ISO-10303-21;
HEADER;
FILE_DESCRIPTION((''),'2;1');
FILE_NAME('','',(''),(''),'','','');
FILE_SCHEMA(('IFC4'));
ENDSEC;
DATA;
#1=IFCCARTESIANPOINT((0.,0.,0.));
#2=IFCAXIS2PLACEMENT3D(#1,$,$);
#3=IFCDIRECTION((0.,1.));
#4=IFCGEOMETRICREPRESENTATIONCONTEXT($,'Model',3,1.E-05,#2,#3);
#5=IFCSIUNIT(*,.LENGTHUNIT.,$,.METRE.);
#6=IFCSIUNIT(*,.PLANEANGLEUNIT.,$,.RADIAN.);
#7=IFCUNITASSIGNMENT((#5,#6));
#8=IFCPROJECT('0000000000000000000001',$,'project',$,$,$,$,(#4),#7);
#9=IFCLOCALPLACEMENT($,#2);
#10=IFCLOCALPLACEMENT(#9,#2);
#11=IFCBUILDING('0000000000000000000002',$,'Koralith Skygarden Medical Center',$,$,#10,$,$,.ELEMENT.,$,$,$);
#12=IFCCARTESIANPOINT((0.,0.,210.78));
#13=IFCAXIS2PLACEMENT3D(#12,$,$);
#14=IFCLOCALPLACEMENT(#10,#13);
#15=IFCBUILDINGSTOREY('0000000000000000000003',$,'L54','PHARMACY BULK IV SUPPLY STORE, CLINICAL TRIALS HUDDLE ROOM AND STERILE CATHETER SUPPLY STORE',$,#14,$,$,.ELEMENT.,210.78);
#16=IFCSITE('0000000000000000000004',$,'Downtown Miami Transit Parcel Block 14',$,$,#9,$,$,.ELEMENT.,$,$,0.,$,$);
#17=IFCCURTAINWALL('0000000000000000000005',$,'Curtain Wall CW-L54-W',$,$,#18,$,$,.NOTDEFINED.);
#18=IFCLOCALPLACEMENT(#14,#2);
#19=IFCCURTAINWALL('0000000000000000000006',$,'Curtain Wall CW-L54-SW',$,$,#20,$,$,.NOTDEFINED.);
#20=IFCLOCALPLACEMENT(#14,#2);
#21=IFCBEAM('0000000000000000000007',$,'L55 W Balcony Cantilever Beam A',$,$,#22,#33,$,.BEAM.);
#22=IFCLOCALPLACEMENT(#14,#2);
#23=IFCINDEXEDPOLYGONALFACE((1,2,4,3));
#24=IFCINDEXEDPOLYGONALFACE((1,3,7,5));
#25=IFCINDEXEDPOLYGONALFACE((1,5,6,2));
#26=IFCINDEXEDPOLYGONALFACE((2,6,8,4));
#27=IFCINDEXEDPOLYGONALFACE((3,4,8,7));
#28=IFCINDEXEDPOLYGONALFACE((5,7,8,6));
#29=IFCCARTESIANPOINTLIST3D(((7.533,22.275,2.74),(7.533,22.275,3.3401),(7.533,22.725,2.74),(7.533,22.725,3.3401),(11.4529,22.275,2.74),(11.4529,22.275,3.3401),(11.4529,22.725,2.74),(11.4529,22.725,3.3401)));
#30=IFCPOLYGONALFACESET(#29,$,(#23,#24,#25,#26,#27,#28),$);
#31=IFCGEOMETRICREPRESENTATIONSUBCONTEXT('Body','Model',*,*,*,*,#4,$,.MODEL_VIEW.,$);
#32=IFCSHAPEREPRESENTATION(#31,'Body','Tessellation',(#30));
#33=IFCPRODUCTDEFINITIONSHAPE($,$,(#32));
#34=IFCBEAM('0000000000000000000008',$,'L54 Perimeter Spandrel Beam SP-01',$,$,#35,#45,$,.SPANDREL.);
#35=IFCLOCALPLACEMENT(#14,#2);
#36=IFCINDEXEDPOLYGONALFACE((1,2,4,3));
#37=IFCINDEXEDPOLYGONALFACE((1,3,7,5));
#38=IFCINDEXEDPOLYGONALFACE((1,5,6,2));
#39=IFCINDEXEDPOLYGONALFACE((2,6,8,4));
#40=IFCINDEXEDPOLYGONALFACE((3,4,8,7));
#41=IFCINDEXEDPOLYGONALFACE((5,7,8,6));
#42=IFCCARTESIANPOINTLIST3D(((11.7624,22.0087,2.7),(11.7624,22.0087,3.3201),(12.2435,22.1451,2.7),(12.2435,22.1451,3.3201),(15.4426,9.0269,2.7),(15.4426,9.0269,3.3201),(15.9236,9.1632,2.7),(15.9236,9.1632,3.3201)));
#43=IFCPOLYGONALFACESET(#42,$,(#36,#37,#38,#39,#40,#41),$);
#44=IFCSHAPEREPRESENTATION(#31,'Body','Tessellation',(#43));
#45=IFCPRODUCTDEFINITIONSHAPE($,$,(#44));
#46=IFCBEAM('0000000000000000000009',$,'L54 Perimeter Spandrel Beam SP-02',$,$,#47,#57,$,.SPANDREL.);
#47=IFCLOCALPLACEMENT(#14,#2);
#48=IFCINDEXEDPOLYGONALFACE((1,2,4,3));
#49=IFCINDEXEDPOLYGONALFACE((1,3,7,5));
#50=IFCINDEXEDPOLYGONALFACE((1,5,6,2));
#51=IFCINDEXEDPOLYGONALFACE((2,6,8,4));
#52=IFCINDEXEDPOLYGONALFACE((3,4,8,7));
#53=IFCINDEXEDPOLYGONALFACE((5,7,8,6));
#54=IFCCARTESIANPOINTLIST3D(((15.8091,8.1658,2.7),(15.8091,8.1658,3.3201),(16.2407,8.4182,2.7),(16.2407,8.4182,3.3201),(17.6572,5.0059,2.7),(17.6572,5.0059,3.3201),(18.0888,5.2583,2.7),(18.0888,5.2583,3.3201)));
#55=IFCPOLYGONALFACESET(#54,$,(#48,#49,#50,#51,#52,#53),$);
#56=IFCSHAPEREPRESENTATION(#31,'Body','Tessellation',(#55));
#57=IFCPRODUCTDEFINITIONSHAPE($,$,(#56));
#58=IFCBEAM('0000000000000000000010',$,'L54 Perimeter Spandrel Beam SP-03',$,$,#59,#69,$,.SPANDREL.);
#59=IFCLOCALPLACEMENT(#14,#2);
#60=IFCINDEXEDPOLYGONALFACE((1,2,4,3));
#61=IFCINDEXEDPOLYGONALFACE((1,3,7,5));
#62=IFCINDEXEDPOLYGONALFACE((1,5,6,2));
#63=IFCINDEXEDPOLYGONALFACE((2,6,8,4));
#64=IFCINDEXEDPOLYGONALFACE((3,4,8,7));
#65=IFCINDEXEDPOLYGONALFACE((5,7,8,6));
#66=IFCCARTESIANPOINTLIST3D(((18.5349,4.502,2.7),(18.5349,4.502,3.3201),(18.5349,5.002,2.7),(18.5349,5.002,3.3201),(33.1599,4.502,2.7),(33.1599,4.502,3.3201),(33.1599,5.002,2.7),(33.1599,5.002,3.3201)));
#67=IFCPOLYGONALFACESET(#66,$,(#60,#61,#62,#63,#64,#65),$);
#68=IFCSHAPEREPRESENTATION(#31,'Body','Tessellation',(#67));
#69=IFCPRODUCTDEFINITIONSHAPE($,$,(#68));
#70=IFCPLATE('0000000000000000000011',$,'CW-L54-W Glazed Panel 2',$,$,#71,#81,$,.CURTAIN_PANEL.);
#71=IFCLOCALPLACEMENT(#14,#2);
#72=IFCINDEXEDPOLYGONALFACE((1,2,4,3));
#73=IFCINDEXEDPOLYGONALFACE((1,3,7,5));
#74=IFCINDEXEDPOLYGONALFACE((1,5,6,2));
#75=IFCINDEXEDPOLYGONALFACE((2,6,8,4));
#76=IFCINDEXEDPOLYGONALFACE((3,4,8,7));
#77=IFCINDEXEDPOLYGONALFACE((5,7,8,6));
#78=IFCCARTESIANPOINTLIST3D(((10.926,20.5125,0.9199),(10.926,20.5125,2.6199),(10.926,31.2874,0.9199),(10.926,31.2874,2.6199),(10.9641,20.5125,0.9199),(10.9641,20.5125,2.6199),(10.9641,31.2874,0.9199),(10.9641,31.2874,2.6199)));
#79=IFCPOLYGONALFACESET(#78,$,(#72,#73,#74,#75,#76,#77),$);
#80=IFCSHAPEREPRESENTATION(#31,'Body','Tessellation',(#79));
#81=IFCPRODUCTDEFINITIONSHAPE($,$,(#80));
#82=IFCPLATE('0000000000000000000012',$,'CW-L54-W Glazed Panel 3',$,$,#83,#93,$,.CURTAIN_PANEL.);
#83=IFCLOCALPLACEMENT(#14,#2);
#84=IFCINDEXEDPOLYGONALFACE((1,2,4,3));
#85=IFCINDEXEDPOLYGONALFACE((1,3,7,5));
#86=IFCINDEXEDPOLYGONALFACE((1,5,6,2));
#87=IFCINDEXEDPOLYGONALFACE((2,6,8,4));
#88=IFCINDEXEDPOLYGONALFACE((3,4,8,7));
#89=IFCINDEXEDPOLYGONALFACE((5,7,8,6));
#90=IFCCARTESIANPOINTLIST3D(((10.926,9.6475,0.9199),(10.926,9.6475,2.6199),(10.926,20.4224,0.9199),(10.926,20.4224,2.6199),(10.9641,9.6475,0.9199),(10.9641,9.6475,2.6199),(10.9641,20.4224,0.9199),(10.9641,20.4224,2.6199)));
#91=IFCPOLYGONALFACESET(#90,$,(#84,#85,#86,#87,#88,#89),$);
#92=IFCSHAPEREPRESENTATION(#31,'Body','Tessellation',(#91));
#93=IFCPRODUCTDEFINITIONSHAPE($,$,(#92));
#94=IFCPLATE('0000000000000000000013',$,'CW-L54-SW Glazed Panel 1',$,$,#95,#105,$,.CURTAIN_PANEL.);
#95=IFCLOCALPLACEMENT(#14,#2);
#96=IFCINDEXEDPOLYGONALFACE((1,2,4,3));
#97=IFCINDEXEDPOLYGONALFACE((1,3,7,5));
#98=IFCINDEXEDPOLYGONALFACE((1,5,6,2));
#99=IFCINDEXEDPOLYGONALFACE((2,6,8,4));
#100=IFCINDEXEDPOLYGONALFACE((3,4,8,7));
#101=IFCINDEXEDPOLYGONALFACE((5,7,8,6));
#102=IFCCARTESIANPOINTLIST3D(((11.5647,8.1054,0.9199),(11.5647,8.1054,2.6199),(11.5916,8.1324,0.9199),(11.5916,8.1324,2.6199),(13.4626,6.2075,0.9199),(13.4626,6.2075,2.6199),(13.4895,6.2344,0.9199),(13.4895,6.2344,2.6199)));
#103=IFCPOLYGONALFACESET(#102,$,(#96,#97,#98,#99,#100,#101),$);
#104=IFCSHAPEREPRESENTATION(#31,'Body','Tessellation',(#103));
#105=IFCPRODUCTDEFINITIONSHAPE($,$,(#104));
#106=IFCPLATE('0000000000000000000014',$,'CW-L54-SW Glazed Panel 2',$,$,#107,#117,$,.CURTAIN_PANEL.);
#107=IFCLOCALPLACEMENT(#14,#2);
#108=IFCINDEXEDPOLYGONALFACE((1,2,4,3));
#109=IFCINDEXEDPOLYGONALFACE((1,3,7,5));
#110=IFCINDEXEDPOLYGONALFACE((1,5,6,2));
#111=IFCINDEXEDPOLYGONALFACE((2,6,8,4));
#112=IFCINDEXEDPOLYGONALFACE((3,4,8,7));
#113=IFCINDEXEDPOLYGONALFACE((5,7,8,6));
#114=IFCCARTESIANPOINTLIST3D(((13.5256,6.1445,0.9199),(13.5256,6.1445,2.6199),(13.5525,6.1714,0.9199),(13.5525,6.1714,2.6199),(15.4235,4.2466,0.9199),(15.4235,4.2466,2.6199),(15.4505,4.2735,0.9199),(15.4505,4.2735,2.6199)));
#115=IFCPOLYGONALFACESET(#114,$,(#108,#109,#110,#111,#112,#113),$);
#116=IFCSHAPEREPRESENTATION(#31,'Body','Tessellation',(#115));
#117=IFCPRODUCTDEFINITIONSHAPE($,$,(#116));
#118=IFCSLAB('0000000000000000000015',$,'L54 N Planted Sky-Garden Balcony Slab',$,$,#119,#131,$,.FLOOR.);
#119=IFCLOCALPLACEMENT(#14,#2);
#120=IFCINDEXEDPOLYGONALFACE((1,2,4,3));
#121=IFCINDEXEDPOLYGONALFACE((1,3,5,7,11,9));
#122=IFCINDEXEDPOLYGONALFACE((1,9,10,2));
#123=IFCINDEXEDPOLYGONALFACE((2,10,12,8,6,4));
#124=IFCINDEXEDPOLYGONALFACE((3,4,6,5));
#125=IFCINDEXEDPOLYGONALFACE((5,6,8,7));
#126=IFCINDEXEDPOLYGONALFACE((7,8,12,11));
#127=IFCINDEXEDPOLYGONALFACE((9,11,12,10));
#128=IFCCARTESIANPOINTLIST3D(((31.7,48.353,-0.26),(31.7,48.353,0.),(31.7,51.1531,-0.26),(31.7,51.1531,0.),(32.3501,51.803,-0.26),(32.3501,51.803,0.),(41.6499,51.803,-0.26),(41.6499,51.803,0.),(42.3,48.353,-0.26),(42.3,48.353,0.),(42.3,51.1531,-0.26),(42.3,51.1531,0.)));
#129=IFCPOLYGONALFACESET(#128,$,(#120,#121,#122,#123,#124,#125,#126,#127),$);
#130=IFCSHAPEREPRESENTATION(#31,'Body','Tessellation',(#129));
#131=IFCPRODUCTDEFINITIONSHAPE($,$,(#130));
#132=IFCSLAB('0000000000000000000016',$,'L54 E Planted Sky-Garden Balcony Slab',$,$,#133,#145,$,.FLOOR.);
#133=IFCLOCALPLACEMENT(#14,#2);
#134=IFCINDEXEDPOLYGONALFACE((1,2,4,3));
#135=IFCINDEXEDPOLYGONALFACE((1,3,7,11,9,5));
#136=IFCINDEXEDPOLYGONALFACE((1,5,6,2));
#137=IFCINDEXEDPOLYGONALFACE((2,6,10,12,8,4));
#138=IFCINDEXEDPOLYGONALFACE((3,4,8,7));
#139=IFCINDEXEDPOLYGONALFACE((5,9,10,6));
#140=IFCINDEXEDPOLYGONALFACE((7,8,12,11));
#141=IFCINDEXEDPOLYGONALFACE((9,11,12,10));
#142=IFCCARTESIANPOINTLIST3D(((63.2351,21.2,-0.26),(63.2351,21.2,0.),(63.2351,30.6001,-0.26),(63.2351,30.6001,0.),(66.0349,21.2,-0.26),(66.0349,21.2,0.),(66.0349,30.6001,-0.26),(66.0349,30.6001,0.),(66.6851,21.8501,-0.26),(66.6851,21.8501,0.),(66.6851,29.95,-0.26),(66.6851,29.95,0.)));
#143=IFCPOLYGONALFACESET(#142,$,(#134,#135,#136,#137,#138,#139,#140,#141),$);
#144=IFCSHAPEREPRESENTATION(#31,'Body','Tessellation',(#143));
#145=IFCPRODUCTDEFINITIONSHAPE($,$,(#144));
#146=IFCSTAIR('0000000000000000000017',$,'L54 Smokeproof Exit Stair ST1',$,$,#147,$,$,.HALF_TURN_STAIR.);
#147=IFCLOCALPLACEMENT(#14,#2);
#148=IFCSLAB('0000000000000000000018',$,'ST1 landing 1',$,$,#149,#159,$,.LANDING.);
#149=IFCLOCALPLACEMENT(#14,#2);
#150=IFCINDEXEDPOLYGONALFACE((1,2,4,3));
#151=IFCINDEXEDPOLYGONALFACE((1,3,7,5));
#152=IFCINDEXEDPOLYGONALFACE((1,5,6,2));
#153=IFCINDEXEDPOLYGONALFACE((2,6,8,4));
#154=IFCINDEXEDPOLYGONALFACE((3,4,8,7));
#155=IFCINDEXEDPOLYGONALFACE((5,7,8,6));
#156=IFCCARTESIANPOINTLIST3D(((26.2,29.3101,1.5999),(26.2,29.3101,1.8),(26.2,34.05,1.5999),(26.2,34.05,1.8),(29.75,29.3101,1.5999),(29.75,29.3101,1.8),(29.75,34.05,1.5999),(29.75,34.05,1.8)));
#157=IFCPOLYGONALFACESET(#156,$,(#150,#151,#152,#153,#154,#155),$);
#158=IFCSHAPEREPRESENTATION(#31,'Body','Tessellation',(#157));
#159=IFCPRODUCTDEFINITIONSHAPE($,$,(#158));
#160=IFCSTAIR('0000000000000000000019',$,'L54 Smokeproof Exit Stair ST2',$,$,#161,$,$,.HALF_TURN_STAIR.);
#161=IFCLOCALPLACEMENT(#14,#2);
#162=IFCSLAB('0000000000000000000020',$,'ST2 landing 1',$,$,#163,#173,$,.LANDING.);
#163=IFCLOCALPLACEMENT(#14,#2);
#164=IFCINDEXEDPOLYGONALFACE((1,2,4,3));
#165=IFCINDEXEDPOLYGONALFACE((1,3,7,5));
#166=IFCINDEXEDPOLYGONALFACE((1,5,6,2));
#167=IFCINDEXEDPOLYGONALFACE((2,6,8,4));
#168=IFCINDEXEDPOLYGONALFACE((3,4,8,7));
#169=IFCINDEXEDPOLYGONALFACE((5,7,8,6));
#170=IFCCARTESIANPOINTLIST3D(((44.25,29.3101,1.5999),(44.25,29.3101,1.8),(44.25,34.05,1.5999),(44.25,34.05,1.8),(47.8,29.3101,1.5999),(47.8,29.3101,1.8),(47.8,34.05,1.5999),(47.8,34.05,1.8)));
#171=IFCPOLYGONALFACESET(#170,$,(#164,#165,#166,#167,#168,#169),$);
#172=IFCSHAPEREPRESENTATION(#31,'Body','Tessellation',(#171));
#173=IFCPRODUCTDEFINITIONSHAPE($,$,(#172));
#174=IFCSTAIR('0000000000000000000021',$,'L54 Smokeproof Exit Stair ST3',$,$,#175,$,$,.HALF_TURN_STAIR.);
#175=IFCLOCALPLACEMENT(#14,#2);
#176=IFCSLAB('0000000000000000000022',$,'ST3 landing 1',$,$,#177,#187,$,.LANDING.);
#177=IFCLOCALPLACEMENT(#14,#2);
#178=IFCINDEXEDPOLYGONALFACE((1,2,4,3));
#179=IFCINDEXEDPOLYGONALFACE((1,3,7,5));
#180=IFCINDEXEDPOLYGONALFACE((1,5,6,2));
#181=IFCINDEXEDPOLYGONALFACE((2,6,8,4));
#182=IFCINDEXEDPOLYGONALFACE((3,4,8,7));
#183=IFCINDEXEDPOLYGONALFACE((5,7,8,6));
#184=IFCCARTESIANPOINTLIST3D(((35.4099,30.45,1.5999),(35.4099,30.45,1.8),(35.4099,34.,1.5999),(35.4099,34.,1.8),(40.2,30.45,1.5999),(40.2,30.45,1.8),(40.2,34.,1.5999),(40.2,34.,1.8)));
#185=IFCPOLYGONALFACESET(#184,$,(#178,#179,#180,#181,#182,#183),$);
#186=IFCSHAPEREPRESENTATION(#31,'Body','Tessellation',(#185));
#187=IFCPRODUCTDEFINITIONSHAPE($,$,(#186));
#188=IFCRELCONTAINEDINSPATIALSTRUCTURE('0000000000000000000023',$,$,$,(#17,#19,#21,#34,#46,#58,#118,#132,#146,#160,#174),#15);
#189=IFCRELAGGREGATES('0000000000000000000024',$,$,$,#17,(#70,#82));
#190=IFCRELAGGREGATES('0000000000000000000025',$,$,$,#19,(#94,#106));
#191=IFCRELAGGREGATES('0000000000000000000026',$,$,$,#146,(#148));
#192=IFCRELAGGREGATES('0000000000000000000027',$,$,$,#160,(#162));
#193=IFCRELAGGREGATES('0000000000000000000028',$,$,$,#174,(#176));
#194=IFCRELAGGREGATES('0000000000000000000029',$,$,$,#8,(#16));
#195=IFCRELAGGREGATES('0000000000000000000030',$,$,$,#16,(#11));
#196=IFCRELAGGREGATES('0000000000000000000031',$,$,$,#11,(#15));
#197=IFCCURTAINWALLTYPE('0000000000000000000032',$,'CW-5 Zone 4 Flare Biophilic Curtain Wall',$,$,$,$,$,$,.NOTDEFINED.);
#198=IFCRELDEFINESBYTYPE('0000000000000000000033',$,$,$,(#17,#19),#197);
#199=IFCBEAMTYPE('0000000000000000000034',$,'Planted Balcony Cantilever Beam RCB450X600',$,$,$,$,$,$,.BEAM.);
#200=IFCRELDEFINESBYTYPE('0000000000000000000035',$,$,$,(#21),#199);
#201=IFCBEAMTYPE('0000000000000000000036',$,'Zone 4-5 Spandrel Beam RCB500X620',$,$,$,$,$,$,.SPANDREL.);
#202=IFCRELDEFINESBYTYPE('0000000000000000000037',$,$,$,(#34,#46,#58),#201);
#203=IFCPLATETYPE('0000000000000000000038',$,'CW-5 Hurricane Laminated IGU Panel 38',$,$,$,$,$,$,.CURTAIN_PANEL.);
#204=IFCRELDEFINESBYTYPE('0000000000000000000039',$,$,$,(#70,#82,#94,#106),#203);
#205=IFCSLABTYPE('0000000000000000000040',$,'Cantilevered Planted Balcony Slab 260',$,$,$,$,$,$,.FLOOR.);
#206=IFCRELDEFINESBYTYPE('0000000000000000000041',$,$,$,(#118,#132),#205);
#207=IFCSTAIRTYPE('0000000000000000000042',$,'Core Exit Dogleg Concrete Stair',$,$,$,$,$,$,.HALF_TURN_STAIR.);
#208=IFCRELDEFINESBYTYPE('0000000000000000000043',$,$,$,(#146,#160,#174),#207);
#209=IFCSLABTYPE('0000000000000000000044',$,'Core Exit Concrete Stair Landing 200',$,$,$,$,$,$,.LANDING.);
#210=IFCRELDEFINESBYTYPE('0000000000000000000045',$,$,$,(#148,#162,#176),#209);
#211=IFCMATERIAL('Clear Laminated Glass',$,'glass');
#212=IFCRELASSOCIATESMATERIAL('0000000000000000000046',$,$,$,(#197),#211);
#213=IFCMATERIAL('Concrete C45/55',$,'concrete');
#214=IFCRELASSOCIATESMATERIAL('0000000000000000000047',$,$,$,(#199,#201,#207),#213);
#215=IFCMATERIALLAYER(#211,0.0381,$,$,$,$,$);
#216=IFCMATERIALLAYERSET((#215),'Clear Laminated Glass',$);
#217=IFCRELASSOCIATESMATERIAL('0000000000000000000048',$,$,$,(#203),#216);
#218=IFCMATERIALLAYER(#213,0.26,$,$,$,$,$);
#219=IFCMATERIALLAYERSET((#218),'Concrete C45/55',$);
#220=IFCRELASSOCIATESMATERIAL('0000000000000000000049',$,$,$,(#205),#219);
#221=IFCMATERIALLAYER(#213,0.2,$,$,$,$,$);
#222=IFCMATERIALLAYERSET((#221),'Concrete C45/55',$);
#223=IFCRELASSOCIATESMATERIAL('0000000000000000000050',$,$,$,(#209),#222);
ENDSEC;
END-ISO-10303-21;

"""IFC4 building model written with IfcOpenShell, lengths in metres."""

from ifc_helpers import new_model, si_unit, direction, frame, origin, origin_2d, place, context, subcontext, project, spatial, polyline, rectangle, outline, extrude, material, layer, layer_set, material_profile, profile_set, type_object, element, aggregate, save


model = new_model("IFC4")

# Units and contexts
model_context = context("Model", 3, precision=1e-05, world=origin(), true_north=direction((0.0, 1.0)))
body_context = subcontext(model_context, "Body", "Model", "MODEL_VIEW")
ifc_project = project(units=[si_unit("LENGTHUNIT", "METRE"), si_unit("PLANEANGLEUNIT", "RADIAN")], contexts=[model_context])

# Site, building, storey
site_placement = place(None, origin())
site = spatial("IfcSite", under=ifc_project, at=site_placement, Name="Downtown Miami Transit Parcel Block 14", CompositionType="ELEMENT", RefElevation=0.0)
building_placement = place(site_placement, origin())
building = spatial("IfcBuilding", under=site, at=building_placement, Name="Koralith Skygarden Medical Center", CompositionType="ELEMENT")
storey_placement = place(building_placement, frame((0.0, 0.0, 210.78)))
storey = spatial("IfcBuildingStorey", under=building, at=storey_placement, Name="L54", Description="PHARMACY BULK IV SUPPLY STORE, CLINICAL TRIALS HUDDLE ROOM AND STERILE CATHETER SUPPLY STORE", CompositionType="ELEMENT", Elevation=210.78)

# Shared definitions
ifc_material_1 = material(Name="Clear Laminated Glass", Category="glass")
curtain_wall_type = type_object("IfcCurtainWallType", Name="CW-5 Zone 4 Flare Biophilic Curtain Wall", PredefinedType="NOTDEFINED", material=ifc_material_1)

# Curtain walls
curtain_wall_1_placement = place(storey_placement, origin())
curtain_wall_1 = element("IfcCurtainWall", 1, at=curtain_wall_1_placement, inside=storey, type_object=curtain_wall_type, Name="Curtain Wall CW-L54-W", PredefinedType="NOTDEFINED")
curtain_wall_2_placement = place(storey_placement, origin())
curtain_wall_2 = element("IfcCurtainWall", 2, at=curtain_wall_2_placement, inside=storey, type_object=curtain_wall_type, Name="Curtain Wall CW-L54-SW", PredefinedType="NOTDEFINED")

# Beams
ifc_material_2 = material(Name="Concrete C45/55", Category="concrete")
ifc_material_profile_1 = material_profile(ifc_material_2, rectangle(XDim=0.45, YDim=0.6001, at=origin_2d()), Name="RCB450X600")
ifc_profile_set_1 = profile_set([ifc_material_profile_1], Name="Concrete C45/55")
beam_type_1 = type_object("IfcBeamType", Name="Planted Balcony Cantilever Beam RCB450X600", PredefinedType="BEAM", material=ifc_profile_set_1)
beam_1_placement = place(storey_placement, frame((11.4529, 22.5, 3.04), z_axis=(-1.0, 0.0, 0.0), x_axis=(0.0, -1.0, 0.0)))
element("IfcBeam", 3, at=beam_1_placement, inside=storey, type_object=beam_type_1, Name="L55 W Balcony Cantilever Beam A", PredefinedType="BEAM", context=body_context, shape_type="SweptSolid", body=[
    extrude(rectangle(XDim=0.45, YDim=0.6001, at=origin_2d()), origin(), (0.0, 0.0, 1.0), 3.9199),
])
ifc_material_profile_2 = material_profile(ifc_material_2, rectangle(XDim=0.5, YDim=0.6201, at=origin_2d()), Name="RCB500X620")
ifc_profile_set_2 = profile_set([ifc_material_profile_2], Name="Concrete C45/55")
beam_type_2 = type_object("IfcBeamType", Name="Zone 4-5 Spandrel Beam RCB500X620", PredefinedType="SPANDREL", material=ifc_profile_set_2)
beam_2_placement = place(storey_placement, frame((12.0029, 22.0769, 3.01), z_axis=(0.272737, -0.962089, 0.0), x_axis=(0.962089, 0.272737, 0.0)))
element("IfcBeam", 4, at=beam_2_placement, inside=storey, type_object=beam_type_2, Name="L54 Perimeter Spandrel Beam SP-01", PredefinedType="SPANDREL", context=body_context, shape_type="SweptSolid", body=[
    extrude(rectangle(XDim=0.5, YDim=0.6201, at=origin_2d()), origin(), (0.0, 0.0, 1.0), 13.4934),
])
beam_3_placement = place(storey_placement, frame((16.0249, 8.292, 3.01), z_axis=(0.504862, -0.8632, 0.0), x_axis=(0.8632, 0.504862, 0.0)))
element("IfcBeam", 5, at=beam_3_placement, inside=storey, type_object=beam_type_2, Name="L54 Perimeter Spandrel Beam SP-02", PredefinedType="SPANDREL", context=body_context, shape_type="SweptSolid", body=[
    extrude(rectangle(XDim=0.5, YDim=0.6201, at=origin_2d()), origin(), (0.0, 0.0, 1.0), 3.6606),
])
beam_4_placement = place(storey_placement, frame((18.5349, 4.752, 3.01), z_axis=(1.0, 0.0, 0.0), x_axis=(0.0, 1.0, 0.0)))
element("IfcBeam", 6, at=beam_4_placement, inside=storey, type_object=beam_type_2, Name="L54 Perimeter Spandrel Beam SP-03", PredefinedType="SPANDREL", context=body_context, shape_type="SweptSolid", body=[
    extrude(rectangle(XDim=0.5, YDim=0.6201, at=origin_2d()), origin(), (0.0, 0.0, 1.0), 14.625),
])

# Plates
ifc_layer_1 = layer(ifc_material_1, 0.0381)
ifc_layer_set_1 = layer_set([ifc_layer_1], Name="Clear Laminated Glass")
plate_type_1 = type_object("IfcPlateType", Name="CW-5 Hurricane Laminated IGU Panel 38", PredefinedType="CURTAIN_PANEL", material=ifc_layer_set_1)
plate_1_placement = place(storey_placement, frame((10.9451, 25.8999, 0.9199), z_axis=(0.0, 0.0, 1.0), x_axis=(0.0, -1.0, 0.0)))
plate_1 = element("IfcPlate", 7, at=plate_1_placement, type_object=plate_type_1, Name="CW-L54-W Glazed Panel 2", PredefinedType="CURTAIN_PANEL", context=body_context, shape_type="SweptSolid", body=[
    extrude(rectangle(XDim=10.7749, YDim=0.0381, at=origin_2d()), origin(), (0.0, 0.0, 1.0), 1.7),
])
plate_2_placement = place(storey_placement, frame((10.9451, 15.0349, 0.9199), z_axis=(0.0, 0.0, 1.0), x_axis=(0.0, -1.0, 0.0)))
plate_2 = element("IfcPlate", 8, at=plate_2_placement, type_object=plate_type_1, Name="CW-L54-W Glazed Panel 3", PredefinedType="CURTAIN_PANEL", context=body_context, shape_type="SweptSolid", body=[
    extrude(rectangle(XDim=10.7749, YDim=0.0381, at=origin_2d()), origin(), (0.0, 0.0, 1.0), 1.7),
])
aggregate(curtain_wall_1, [plate_1, plate_2])
plate_3_placement = place(storey_placement, frame((12.5271, 7.1699, 0.9199), z_axis=(0.0, 0.0, 1.0), x_axis=(0.707107, -0.707107, 0.0)))
plate_3 = element("IfcPlate", 9, at=plate_3_placement, type_object=plate_type_1, Name="CW-L54-SW Glazed Panel 1", PredefinedType="CURTAIN_PANEL", context=body_context, shape_type="SweptSolid", body=[
    extrude(rectangle(XDim=2.6841, YDim=0.0381, at=origin_2d()), origin(), (0.0, 0.0, 1.0), 1.7),
])
plate_4_placement = place(storey_placement, frame((14.488, 5.209, 0.9199), z_axis=(0.0, 0.0, 1.0), x_axis=(0.707107, -0.707107, 0.0)))
plate_4 = element("IfcPlate", 10, at=plate_4_placement, type_object=plate_type_1, Name="CW-L54-SW Glazed Panel 2", PredefinedType="CURTAIN_PANEL", context=body_context, shape_type="SweptSolid", body=[
    extrude(rectangle(XDim=2.6841, YDim=0.0381, at=origin_2d()), origin(), (0.0, 0.0, 1.0), 1.7),
])
aggregate(curtain_wall_2, [plate_3, plate_4])

# Slabs
ifc_layer_2 = layer(ifc_material_2, 0.26)
ifc_layer_set_2 = layer_set([ifc_layer_2], Name="Concrete C45/55")
slab_type_1 = type_object("IfcSlabType", Name="Cantilevered Planted Balcony Slab 260", PredefinedType="FLOOR", material=ifc_layer_set_2)
slab_1_placement = place(storey_placement, frame((0.0, 0.0, -0.26)))
element("IfcSlab", 11, at=slab_1_placement, inside=storey, type_object=slab_type_1, Name="L54 N Planted Sky-Garden Balcony Slab", PredefinedType="FLOOR", context=body_context, shape_type="SweptSolid", body=[
    extrude(outline(polyline([(31.7, 48.353), (42.3, 48.353), (42.3, 51.1531), (41.6499, 51.803), (32.3501, 51.803), (31.7, 51.1531), (31.7, 48.353)])), origin(), (0.0, 0.0, 1.0), 0.26),
])
slab_2_placement = place(storey_placement, frame((0.0, 0.0, -0.26)))
element("IfcSlab", 12, at=slab_2_placement, inside=storey, type_object=slab_type_1, Name="L54 E Planted Sky-Garden Balcony Slab", PredefinedType="FLOOR", context=body_context, shape_type="SweptSolid", body=[
    extrude(outline(polyline([(63.2351, 21.2), (66.0349, 21.2), (66.6851, 21.8501), (66.6851, 29.95), (66.0349, 30.6001), (63.2351, 30.6001), (63.2351, 21.2)])), origin(), (0.0, 0.0, 1.0), 0.26),
])

# Stairs, slabs
stair_type = type_object("IfcStairType", Name="Core Exit Dogleg Concrete Stair", PredefinedType="HALF_TURN_STAIR", material=ifc_material_2)
stair_1_placement = place(storey_placement, origin())
stair_1 = element("IfcStair", 13, at=stair_1_placement, inside=storey, type_object=stair_type, Name="L54 Smokeproof Exit Stair ST1", PredefinedType="HALF_TURN_STAIR")
ifc_layer_3 = layer(ifc_material_2, 0.2)
ifc_layer_set_3 = layer_set([ifc_layer_3], Name="Concrete C45/55")
slab_type_2 = type_object("IfcSlabType", Name="Core Exit Concrete Stair Landing 200", PredefinedType="LANDING", material=ifc_layer_set_3)
slab_3_placement = place(storey_placement, frame((0.0, 0.0, 1.5999)))
slab_3 = element("IfcSlab", 14, at=slab_3_placement, type_object=slab_type_2, Name="ST1 landing 1", PredefinedType="LANDING", context=body_context, shape_type="SweptSolid", body=[
    extrude(outline(polyline([(29.75, 29.3101), (29.75, 34.05), (26.2, 34.05), (26.2, 29.3101), (29.75, 29.3101)])), origin(), (0.0, 0.0, 1.0), 0.2002),
])
aggregate(stair_1, [slab_3])
stair_2_placement = place(storey_placement, origin())
stair_2 = element("IfcStair", 15, at=stair_2_placement, inside=storey, type_object=stair_type, Name="L54 Smokeproof Exit Stair ST2", PredefinedType="HALF_TURN_STAIR")
slab_4_placement = place(storey_placement, frame((0.0, 0.0, 1.5999)))
slab_4 = element("IfcSlab", 16, at=slab_4_placement, type_object=slab_type_2, Name="ST2 landing 1", PredefinedType="LANDING", context=body_context, shape_type="SweptSolid", body=[
    extrude(outline(polyline([(47.8, 29.3101), (47.8, 34.05), (44.25, 34.05), (44.25, 29.3101), (47.8, 29.3101)])), origin(), (0.0, 0.0, 1.0), 0.2002),
])
aggregate(stair_2, [slab_4])
stair_3_placement = place(storey_placement, origin())
stair_3 = element("IfcStair", 17, at=stair_3_placement, inside=storey, type_object=stair_type, Name="L54 Smokeproof Exit Stair ST3", PredefinedType="HALF_TURN_STAIR")
slab_5_placement = place(storey_placement, frame((0.0, 0.0, 1.5999)))
slab_5 = element("IfcSlab", 18, at=slab_5_placement, type_object=slab_type_2, Name="ST3 landing 1", PredefinedType="LANDING", context=body_context, shape_type="SweptSolid", body=[
    extrude(outline(polyline([(35.4099, 30.45), (40.2, 30.45), (40.2, 34.0), (35.4099, 34.0), (35.4099, 30.45)])), origin(), (0.0, 0.0, 1.0), 0.2002),
])
aggregate(stair_3, [slab_5])

save(model, "model.ifc")
